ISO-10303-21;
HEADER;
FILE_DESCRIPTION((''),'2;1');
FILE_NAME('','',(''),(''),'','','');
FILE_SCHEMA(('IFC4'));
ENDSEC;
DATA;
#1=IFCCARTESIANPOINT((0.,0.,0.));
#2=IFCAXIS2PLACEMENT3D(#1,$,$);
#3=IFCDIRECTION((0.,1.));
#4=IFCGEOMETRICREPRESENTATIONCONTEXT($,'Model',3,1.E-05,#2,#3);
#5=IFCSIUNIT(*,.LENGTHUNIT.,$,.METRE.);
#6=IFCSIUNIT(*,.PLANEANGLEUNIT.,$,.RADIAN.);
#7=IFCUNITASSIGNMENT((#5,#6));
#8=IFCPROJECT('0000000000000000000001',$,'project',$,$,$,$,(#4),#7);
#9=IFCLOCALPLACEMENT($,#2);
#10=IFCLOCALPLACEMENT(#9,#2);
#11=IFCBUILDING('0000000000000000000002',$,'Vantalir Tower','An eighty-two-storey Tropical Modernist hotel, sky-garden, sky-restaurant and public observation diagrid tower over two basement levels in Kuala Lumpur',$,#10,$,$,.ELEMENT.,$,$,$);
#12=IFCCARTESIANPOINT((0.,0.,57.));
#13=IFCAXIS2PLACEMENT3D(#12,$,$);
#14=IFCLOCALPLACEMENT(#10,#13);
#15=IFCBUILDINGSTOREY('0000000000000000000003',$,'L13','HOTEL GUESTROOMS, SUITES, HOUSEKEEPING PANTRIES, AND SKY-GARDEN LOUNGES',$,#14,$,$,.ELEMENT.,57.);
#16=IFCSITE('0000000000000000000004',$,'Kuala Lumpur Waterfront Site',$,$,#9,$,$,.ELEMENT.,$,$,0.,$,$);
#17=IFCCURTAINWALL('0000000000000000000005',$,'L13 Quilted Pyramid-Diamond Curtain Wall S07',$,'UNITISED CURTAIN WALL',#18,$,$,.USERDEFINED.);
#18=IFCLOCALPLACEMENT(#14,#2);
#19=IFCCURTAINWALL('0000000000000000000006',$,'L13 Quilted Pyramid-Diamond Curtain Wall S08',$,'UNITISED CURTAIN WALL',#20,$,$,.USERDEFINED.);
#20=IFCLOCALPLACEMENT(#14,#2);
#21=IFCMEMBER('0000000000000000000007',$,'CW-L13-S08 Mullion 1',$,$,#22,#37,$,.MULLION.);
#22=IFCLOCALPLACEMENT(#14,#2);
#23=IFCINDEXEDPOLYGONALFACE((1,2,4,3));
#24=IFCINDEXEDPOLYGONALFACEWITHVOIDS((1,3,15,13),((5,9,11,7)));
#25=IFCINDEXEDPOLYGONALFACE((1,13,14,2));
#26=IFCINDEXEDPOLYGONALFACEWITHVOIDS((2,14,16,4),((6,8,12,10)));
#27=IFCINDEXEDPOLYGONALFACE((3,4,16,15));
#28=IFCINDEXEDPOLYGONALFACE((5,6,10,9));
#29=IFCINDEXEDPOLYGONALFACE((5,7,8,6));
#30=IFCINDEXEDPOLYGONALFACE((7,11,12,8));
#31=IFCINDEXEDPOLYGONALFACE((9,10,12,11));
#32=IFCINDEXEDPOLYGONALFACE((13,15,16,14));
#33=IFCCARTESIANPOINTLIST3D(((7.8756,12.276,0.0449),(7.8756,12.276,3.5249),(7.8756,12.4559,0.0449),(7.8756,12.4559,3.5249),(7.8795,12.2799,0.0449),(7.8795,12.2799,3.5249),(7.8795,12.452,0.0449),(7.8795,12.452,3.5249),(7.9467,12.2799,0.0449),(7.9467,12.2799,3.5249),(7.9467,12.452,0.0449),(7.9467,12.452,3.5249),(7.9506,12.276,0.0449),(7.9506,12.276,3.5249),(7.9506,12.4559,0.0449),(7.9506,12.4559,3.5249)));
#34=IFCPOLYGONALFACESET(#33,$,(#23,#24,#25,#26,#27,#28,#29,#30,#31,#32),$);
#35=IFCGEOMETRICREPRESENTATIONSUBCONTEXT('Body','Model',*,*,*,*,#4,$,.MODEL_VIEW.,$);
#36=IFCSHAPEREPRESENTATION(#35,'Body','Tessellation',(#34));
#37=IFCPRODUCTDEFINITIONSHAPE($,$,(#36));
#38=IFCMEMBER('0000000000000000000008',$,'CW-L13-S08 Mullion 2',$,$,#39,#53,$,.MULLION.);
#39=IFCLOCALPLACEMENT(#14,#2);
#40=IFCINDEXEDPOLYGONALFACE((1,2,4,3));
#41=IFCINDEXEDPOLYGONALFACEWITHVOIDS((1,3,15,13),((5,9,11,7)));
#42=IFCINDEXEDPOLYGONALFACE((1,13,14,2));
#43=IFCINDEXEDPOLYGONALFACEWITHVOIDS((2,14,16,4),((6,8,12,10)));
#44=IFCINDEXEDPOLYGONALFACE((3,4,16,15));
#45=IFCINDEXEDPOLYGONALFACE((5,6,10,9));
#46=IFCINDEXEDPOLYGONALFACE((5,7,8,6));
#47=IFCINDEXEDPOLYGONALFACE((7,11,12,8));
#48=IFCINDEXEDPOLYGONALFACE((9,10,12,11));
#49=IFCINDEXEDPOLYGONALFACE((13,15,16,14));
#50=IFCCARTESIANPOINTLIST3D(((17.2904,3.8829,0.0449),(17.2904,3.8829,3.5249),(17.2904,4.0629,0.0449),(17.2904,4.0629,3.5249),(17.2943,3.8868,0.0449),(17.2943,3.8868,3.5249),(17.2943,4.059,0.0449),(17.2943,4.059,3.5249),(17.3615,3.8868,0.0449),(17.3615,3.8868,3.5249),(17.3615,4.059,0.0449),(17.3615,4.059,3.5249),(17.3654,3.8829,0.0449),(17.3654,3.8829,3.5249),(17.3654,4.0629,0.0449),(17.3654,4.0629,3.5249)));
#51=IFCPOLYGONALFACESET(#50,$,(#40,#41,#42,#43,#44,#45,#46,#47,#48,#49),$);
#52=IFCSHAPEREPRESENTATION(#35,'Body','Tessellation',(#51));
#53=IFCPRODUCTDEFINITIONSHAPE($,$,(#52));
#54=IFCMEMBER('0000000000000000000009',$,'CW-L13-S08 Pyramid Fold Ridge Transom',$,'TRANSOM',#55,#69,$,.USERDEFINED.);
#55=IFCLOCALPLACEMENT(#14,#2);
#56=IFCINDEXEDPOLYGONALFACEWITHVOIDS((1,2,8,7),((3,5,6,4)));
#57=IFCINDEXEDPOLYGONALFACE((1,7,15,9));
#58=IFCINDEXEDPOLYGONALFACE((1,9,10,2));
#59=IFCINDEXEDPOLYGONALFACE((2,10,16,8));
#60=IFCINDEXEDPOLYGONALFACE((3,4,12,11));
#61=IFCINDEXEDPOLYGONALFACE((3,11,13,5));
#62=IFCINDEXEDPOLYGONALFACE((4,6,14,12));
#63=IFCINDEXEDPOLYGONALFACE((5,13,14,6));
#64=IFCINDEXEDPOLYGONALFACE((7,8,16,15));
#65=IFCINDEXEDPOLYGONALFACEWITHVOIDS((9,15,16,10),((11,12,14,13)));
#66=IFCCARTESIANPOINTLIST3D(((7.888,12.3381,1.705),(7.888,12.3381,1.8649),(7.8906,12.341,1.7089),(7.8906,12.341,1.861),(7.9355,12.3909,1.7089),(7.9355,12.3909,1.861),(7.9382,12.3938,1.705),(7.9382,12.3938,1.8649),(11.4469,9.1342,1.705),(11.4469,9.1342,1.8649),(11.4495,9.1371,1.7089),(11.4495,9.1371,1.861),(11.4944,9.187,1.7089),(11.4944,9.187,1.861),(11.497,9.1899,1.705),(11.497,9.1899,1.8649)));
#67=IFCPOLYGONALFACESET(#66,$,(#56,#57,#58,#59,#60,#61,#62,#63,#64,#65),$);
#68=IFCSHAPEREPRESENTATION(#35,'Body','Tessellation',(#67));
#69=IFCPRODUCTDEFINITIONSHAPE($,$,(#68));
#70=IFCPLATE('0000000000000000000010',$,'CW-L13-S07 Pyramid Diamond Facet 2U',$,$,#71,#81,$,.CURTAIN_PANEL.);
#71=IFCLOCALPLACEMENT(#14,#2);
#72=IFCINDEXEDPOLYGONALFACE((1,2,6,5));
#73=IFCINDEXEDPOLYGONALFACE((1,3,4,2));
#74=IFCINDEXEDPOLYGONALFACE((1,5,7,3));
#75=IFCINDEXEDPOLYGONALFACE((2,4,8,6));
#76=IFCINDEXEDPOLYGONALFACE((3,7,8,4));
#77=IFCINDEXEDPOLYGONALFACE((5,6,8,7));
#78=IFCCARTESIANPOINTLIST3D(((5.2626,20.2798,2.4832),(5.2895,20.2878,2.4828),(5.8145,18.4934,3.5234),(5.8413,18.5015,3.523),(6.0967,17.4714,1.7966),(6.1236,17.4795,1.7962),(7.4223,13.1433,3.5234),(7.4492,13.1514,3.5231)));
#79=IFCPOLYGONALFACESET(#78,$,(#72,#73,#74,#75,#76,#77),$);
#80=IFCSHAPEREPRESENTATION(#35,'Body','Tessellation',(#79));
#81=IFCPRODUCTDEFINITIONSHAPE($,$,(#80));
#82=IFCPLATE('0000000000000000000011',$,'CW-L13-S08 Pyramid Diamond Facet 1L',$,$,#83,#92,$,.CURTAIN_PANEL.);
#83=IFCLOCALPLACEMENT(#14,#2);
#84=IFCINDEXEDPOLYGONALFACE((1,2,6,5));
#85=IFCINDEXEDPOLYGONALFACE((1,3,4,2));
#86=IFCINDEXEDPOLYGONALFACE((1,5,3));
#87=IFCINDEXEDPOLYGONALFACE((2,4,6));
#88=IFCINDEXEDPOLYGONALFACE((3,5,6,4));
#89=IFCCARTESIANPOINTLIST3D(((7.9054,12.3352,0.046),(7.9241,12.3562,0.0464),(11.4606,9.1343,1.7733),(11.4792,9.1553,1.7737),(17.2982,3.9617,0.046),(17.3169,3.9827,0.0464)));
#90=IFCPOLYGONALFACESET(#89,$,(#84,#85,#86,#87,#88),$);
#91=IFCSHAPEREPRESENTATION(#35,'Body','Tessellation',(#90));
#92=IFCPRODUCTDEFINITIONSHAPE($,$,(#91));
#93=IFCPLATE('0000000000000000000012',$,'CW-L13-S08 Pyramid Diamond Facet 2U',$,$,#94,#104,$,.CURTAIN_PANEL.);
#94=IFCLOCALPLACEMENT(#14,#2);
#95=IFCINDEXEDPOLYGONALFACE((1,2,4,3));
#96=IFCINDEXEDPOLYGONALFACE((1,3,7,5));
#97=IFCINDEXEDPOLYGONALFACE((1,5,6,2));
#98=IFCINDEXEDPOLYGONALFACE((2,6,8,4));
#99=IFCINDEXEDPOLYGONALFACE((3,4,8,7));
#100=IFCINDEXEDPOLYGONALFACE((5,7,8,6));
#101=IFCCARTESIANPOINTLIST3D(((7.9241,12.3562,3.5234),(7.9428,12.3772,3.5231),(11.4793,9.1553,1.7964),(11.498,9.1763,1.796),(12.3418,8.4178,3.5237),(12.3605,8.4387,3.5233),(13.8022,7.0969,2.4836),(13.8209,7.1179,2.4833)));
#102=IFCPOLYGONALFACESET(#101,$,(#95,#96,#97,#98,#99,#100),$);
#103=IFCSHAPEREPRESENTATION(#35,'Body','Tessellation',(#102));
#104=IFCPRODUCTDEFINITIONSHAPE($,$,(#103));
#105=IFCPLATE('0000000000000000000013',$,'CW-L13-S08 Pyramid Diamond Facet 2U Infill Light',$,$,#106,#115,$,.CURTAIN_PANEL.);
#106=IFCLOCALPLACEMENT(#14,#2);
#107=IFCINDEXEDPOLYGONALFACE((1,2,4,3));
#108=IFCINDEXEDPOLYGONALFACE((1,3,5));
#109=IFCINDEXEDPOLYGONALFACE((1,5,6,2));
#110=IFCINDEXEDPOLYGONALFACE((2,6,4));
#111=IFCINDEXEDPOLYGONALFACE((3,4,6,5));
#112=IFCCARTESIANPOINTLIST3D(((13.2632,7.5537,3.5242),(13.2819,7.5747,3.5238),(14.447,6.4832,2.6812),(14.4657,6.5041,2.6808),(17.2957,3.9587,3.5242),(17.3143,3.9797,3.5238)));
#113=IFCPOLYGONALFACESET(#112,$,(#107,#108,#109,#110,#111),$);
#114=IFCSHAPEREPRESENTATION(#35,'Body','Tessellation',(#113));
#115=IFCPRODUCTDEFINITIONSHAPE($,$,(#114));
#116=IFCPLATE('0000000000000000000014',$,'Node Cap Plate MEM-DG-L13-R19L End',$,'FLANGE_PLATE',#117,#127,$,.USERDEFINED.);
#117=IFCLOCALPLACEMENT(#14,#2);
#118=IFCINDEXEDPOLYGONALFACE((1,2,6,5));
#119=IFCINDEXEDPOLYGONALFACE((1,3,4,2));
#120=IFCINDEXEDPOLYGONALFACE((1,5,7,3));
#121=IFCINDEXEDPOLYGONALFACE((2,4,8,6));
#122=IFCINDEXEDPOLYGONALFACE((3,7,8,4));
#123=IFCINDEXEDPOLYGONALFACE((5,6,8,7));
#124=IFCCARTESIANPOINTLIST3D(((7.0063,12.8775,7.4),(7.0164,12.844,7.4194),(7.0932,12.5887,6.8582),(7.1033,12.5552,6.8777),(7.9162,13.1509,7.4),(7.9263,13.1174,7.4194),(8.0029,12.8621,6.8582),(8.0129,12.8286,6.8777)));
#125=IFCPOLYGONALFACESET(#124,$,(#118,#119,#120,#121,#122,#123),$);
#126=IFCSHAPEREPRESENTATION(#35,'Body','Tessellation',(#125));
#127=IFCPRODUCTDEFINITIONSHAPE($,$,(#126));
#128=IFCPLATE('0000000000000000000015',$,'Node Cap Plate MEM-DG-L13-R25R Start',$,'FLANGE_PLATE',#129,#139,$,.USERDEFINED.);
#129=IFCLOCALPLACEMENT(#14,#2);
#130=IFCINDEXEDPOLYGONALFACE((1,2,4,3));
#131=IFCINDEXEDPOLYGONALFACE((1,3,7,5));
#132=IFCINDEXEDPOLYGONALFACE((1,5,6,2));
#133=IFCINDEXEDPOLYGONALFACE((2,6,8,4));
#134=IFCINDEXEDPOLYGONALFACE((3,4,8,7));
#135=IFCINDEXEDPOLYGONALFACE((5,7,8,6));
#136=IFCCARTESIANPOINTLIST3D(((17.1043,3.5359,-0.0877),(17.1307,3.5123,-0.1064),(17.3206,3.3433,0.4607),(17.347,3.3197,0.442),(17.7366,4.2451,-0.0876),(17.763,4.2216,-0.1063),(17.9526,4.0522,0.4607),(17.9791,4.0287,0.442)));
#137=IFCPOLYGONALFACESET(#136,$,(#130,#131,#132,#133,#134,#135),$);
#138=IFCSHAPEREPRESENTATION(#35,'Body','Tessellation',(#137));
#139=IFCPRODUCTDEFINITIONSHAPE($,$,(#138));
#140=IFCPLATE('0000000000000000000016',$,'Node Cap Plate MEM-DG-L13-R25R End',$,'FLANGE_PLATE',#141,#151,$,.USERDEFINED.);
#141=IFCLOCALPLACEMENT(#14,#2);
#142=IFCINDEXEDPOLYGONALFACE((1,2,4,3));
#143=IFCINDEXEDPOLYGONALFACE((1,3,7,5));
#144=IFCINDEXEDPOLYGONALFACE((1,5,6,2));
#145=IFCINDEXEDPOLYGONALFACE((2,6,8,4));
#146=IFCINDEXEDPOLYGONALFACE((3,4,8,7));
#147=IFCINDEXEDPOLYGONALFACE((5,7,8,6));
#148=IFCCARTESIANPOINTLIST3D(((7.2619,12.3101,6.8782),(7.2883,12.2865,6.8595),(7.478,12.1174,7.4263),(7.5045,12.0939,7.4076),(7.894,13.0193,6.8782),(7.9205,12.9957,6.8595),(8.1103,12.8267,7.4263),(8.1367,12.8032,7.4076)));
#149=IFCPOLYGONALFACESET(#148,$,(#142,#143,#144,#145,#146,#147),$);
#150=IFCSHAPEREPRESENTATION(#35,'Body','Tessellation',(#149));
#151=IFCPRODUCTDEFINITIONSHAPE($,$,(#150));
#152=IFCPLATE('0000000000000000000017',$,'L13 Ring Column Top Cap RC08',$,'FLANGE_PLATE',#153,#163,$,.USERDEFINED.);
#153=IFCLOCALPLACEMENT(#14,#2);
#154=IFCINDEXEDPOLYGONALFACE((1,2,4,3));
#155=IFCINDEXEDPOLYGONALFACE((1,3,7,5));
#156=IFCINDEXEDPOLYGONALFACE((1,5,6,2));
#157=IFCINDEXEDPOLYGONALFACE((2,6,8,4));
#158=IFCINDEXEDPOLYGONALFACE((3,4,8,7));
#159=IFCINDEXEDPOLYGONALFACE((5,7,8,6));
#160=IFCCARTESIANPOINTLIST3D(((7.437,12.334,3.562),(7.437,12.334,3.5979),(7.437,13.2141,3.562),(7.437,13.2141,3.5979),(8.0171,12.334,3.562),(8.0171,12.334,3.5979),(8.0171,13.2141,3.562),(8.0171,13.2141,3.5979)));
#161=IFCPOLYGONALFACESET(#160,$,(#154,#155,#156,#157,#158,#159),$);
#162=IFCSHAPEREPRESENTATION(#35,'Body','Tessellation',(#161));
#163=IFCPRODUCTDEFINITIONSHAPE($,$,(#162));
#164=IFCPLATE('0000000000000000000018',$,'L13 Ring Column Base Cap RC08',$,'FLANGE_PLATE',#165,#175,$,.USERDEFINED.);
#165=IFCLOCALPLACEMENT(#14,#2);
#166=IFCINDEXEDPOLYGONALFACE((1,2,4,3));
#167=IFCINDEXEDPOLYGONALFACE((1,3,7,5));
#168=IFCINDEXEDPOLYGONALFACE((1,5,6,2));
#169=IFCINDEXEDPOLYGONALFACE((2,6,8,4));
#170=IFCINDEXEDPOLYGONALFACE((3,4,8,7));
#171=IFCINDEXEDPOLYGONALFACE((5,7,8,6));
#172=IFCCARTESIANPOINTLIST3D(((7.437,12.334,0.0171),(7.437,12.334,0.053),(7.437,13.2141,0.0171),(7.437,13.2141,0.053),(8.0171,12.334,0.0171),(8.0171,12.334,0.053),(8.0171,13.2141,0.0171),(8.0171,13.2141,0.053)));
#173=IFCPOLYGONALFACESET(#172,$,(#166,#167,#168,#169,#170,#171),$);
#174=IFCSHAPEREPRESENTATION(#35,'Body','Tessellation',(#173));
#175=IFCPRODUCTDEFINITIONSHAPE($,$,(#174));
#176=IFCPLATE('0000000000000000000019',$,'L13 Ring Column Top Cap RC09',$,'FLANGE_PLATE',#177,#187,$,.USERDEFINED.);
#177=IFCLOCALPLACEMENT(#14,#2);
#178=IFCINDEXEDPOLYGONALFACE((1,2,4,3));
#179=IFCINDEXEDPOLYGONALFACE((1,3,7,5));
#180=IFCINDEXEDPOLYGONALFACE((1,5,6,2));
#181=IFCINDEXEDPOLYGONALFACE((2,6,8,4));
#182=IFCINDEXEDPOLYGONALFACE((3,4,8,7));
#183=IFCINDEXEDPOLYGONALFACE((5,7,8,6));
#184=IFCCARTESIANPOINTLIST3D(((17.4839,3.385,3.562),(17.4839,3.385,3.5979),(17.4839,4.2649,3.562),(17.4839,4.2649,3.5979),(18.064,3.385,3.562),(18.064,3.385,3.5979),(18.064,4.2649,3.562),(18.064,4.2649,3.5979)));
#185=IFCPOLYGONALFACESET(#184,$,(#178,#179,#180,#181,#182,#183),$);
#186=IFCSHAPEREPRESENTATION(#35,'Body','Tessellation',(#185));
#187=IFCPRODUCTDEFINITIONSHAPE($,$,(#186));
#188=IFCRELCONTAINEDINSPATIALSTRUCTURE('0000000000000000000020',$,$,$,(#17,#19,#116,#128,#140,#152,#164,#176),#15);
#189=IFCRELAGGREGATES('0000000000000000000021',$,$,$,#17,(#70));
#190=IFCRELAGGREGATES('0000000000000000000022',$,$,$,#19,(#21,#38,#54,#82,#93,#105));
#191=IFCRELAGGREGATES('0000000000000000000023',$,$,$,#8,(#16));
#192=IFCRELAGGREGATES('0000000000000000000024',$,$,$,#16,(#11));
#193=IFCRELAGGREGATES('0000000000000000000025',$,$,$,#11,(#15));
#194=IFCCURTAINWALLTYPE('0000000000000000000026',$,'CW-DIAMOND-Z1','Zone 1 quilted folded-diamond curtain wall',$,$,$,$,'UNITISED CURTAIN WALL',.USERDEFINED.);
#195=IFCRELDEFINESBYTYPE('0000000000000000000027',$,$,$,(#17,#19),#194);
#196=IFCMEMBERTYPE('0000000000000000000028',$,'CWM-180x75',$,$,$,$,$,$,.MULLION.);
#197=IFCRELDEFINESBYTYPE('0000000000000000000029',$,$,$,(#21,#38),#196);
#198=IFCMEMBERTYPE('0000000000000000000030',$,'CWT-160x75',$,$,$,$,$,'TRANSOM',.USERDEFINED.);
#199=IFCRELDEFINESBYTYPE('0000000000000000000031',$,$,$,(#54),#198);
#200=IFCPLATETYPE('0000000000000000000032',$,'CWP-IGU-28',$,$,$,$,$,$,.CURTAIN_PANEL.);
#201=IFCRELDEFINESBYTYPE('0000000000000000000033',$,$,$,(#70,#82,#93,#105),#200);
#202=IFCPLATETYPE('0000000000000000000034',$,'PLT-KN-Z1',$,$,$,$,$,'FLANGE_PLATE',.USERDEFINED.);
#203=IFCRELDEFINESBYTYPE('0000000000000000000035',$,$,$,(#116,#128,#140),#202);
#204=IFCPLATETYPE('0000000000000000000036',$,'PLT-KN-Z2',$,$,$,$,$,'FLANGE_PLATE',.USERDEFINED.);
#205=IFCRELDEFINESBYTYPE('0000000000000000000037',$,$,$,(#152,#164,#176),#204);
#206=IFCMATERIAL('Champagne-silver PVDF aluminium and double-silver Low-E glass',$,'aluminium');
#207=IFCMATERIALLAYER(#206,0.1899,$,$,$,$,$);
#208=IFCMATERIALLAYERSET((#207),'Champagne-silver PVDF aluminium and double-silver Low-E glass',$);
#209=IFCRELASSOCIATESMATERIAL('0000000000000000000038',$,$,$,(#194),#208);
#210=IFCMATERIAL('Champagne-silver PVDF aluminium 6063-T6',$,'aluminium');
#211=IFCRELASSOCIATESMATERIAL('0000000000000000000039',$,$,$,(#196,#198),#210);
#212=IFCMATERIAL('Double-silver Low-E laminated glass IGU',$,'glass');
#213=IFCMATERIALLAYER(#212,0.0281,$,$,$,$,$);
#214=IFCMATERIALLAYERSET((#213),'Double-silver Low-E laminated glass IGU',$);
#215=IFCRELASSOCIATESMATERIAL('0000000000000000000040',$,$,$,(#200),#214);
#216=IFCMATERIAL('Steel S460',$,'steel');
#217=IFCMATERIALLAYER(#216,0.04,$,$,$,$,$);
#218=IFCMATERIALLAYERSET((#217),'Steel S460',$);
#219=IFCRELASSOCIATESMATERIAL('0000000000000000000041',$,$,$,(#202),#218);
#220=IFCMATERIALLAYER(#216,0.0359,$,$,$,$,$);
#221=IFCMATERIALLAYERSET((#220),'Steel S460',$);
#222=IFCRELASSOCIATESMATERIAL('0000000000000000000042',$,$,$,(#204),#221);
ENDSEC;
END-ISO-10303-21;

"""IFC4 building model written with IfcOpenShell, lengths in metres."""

from ifc_helpers import new_model, si_unit, direction, frame, origin, origin_2d, place, context, subcontext, project, spatial, polyline, hollow_rectangle, outline, extrude, material, layer, layer_set, material_profile, profile_set, type_object, element, aggregate, save


model = new_model("IFC4")

# Units and contexts
model_context = context("Model", 3, precision=1e-05, world=origin(), true_north=direction((0.0, 1.0)))
body_context = subcontext(model_context, "Body", "Model", "MODEL_VIEW")
ifc_project = project(units=[si_unit("LENGTHUNIT", "METRE"), si_unit("PLANEANGLEUNIT", "RADIAN")], contexts=[model_context])

# Site, building, storey
site_placement = place(None, origin())
site = spatial("IfcSite", under=ifc_project, at=site_placement, Name="Kuala Lumpur Waterfront Site", CompositionType="ELEMENT", RefElevation=0.0)
building_placement = place(site_placement, origin())
building = spatial("IfcBuilding", under=site, at=building_placement, Name="Vantalir Tower", Description="An eighty-two-storey Tropical Modernist hotel, sky-garden, sky-restaurant and public observation diagrid tower over two basement levels in Kuala Lumpur", CompositionType="ELEMENT")
storey_placement = place(building_placement, frame((0.0, 0.0, 57.0)))
storey = spatial("IfcBuildingStorey", under=building, at=storey_placement, Name="L13", Description="HOTEL GUESTROOMS, SUITES, HOUSEKEEPING PANTRIES, AND SKY-GARDEN LOUNGES", CompositionType="ELEMENT", Elevation=57.0)

# Shared definitions
ifc_material_1 = material(Name="Steel S460", Category="steel")

# Curtain wall
ifc_material_2 = material(Name="Champagne-silver PVDF aluminium and double-silver Low-E glass", Category="aluminium")
ifc_layer_1 = layer(ifc_material_2, 0.1899)
ifc_layer_set_1 = layer_set([ifc_layer_1], Name="Champagne-silver PVDF aluminium and double-silver Low-E glass")
curtain_wall_type = type_object("IfcCurtainWallType", Name="CW-DIAMOND-Z1", Description="Zone 1 quilted folded-diamond curtain wall", ElementType="UNITISED CURTAIN WALL", PredefinedType="USERDEFINED", material=ifc_layer_set_1)
curtain_wall_1_placement = place(storey_placement, origin())
curtain_wall_1 = element("IfcCurtainWall", 1, at=curtain_wall_1_placement, inside=storey, type_object=curtain_wall_type, Name="L13 Quilted Pyramid-Diamond Curtain Wall S07", ObjectType="UNITISED CURTAIN WALL", PredefinedType="USERDEFINED")
ifc_material_3 = material(Name="Champagne-silver PVDF aluminium 6063-T6", Category="aluminium")
ifc_material_profile_1 = material_profile(ifc_material_3, hollow_rectangle(XDim=0.075, YDim=0.1799, WallThickness=0.0039, at=origin_2d()), Name="Champagne-silver PVDF aluminium 6063-T6")
ifc_profile_set_1 = profile_set([ifc_material_profile_1], Name="Champagne-silver PVDF aluminium 6063-T6")
member_type_1 = type_object("IfcMemberType", Name="CWM-180x75", PredefinedType="MULLION", material=ifc_profile_set_1)

# Curtain wall, members
curtain_wall_2_placement = place(storey_placement, origin())
curtain_wall_2 = element("IfcCurtainWall", 2, at=curtain_wall_2_placement, inside=storey, type_object=curtain_wall_type, Name="L13 Quilted Pyramid-Diamond Curtain Wall S08", ObjectType="UNITISED CURTAIN WALL", PredefinedType="USERDEFINED")
member_1_placement = place(storey_placement, frame((7.9131, 12.366, 0.0449), z_axis=(0.0, 0.0, 1.0), x_axis=(1.0, 0.0, 0.0)))
member_1 = element("IfcMember", 3, at=member_1_placement, type_object=member_type_1, Name="CW-L13-S08 Mullion 1", PredefinedType="MULLION", context=body_context, shape_type="SweptSolid", body=[
    extrude(hollow_rectangle(XDim=0.075, YDim=0.1799, WallThickness=0.0039, at=origin_2d()), origin(), (0.0, 0.0, 1.0), 3.48),
])
member_2_placement = place(storey_placement, frame((17.3279, 3.9729, 0.0449), z_axis=(0.0, 0.0, 1.0), x_axis=(1.0, 0.0, 0.0)))
member_2 = element("IfcMember", 4, at=member_2_placement, type_object=member_type_1, Name="CW-L13-S08 Mullion 2", PredefinedType="MULLION", context=body_context, shape_type="SweptSolid", body=[
    extrude(hollow_rectangle(XDim=0.075, YDim=0.1799, WallThickness=0.0039, at=origin_2d()), origin(), (0.0, 0.0, 1.0), 3.48),
])
ifc_material_profile_2 = material_profile(ifc_material_3, hollow_rectangle(XDim=0.075, YDim=0.1599, WallThickness=0.0039, at=origin_2d()), Name="Champagne-silver PVDF aluminium 6063-T6")
ifc_profile_set_2 = profile_set([ifc_material_profile_2], Name="Champagne-silver PVDF aluminium 6063-T6")
member_type_2 = type_object("IfcMemberType", Name="CWT-160x75", ElementType="TRANSOM", PredefinedType="USERDEFINED", material=ifc_profile_set_2)
member_3_placement = place(storey_placement, frame((7.9131, 12.366, 1.7849), z_axis=(0.7432, -0.669069, 0.0), x_axis=(0.669069, 0.7432, 0.0)))
member_3 = element("IfcMember", 5, at=member_3_placement, type_object=member_type_2, Name="CW-L13-S08 Pyramid Fold Ridge Transom", ObjectType="TRANSOM", PredefinedType="USERDEFINED", context=body_context, shape_type="SweptSolid", body=[
    extrude(hollow_rectangle(XDim=0.075, YDim=0.1599, WallThickness=0.0039, at=origin_2d()), origin(), (0.0, 0.0, 1.0), 4.7886),
])

# Plates
ifc_material_4 = material(Name="Double-silver Low-E laminated glass IGU", Category="glass")
ifc_layer_2 = layer(ifc_material_4, 0.0281)
ifc_layer_set_2 = layer_set([ifc_layer_2], Name="Double-silver Low-E laminated glass IGU")
plate_type_1 = type_object("IfcPlateType", Name="CWP-IGU-28", PredefinedType="CURTAIN_PANEL", material=ifc_layer_set_2)
plate_1_placement = place(storey_placement, frame((5.8145, 18.4934, 3.5234), z_axis=(-0.957597, -0.287779, 0.013808), x_axis=(0.287807, -0.957689, 0.0)))
plate_1 = element("IfcPlate", 6, at=plate_1_placement, type_object=plate_type_1, Name="CW-L13-S07 Pyramid Diamond Facet 2U", PredefinedType="CURTAIN_PANEL", context=body_context, shape_type="SweptSolid", body=[
    extrude(outline(polyline([(0.0, 0.0), (5.5865, 0.0), (1.06, -1.727), (-1.8696, -1.0404), (0.0, 0.0)])), origin(), (0.0, 0.0, -1.0), 0.0281),
])
aggregate(curtain_wall_1, [plate_1])
plate_2_placement = place(storey_placement, frame((7.9241, 12.3562, 0.0464), z_axis=(0.665383, 0.746378, 0.013634), x_axis=(0.746447, -0.665445, 0.0)))
plate_2 = element("IfcPlate", 7, at=plate_2_placement, type_object=plate_type_1, Name="CW-L13-S08 Pyramid Diamond Facet 1L", PredefinedType="CURTAIN_PANEL", context=body_context, shape_type="SweptSolid", body=[
    extrude(outline(polyline([(0.0, 0.0), (12.5834, 0.0), (4.7838, -1.7275), (0.0, 0.0)])), origin(), (0.0, 0.0, -1.0), 0.0281),
])
plate_3_placement = place(storey_placement, frame((7.9241, 12.3562, 3.5234), z_axis=(-0.665389, -0.746373, 0.013572), x_axis=(0.746443, -0.66545, 0.000041)))
plate_3 = element("IfcPlate", 8, at=plate_3_placement, type_object=plate_type_1, Name="CW-L13-S08 Pyramid Diamond Facet 2U", PredefinedType="CURTAIN_PANEL", context=body_context, shape_type="SweptSolid", body=[
    extrude(outline(polyline([(0.0, 0.0), (5.9184, 0.0), (7.8875, -1.0402), (4.7837, -1.7274), (0.0, 0.0)])), origin(), (0.0, 0.0, -1.0), 0.0281),
])
plate_4_placement = place(storey_placement, frame((13.2632, 7.5537, 3.5242), z_axis=(-0.665394, -0.746371, 0.013421), x_axis=(0.746439, -0.665454, 0.0)))
plate_4 = element("IfcPlate", 9, at=plate_4_placement, type_object=plate_type_1, Name="CW-L13-S08 Pyramid Diamond Facet 2U Infill Light", PredefinedType="CURTAIN_PANEL", context=body_context, shape_type="SweptSolid", body=[
    extrude(outline(polyline([(0.0, 0.0), (5.4023, 0.0), (1.5961, -0.8431), (0.0, 0.0)])), origin(), (0.0, 0.0, -1.0), 0.0281),
])
aggregate(curtain_wall_2, [member_1, member_2, member_3, plate_2, plate_3, plate_4])

# Plates
ifc_layer_3 = layer(ifc_material_1, 0.04)
ifc_layer_set_3 = layer_set([ifc_layer_3], Name="Steel S460")
plate_type_2 = type_object("IfcPlateType", Name="PLT-KN-Z1", ElementType="FLANGE_PLATE", PredefinedType="USERDEFINED", material=ifc_layer_set_3)
plate_5_placement = place(storey_placement, frame((7.1033, 12.5552, 6.8777), z_axis=(0.25149, -0.836766, 0.48639), x_axis=(0.957679, 0.28784, 0.000016)))
element("IfcPlate", 10, at=plate_5_placement, inside=storey, type_object=plate_type_2, Name="Node Cap Plate MEM-DG-L13-R19L End", ObjectType="FLANGE_PLATE", PredefinedType="USERDEFINED", context=body_context, shape_type="SweptSolid", body=[
    extrude(outline(polyline([(0.0, 0.0), (0.9499, 0.0), (0.95, 0.62), (-0.0001, 0.62), (0.0, 0.0)])), origin(), (0.0, 0.0, -1.0), 0.04),
])
plate_6_placement = place(storey_placement, frame((17.7366, 4.2451, -0.0876), z_axis=(-0.660009, 0.588429, 0.467054), x_axis=(-0.665473, -0.746422, -0.000004)))
element("IfcPlate", 11, at=plate_6_placement, inside=storey, type_object=plate_type_2, Name="Node Cap Plate MEM-DG-L13-R25R Start", ObjectType="FLANGE_PLATE", PredefinedType="USERDEFINED", context=body_context, shape_type="SweptSolid", body=[
    extrude(outline(polyline([(0.0, 0.0), (0.9502, 0.0), (0.95, 0.6201), (0.0002, 0.6201), (0.0, 0.0)])), origin(), (0.0, 0.0, -1.0), 0.04),
])
plate_7_placement = place(storey_placement, frame((7.894, 13.0193, 6.8782), z_axis=(-0.660035, 0.588352, 0.467114), x_axis=(-0.665392, -0.746494, 0.00004)))
element("IfcPlate", 12, at=plate_7_placement, inside=storey, type_object=plate_type_2, Name="Node Cap Plate MEM-DG-L13-R25R End", ObjectType="FLANGE_PLATE", PredefinedType="USERDEFINED", context=body_context, shape_type="SweptSolid", body=[
    extrude(outline(polyline([(0.0, 0.0), (0.95, 0.0), (0.9501, 0.6198), (-0.0001, 0.6199), (0.0, 0.0)])), origin(), (0.0, 0.0, -1.0), 0.04),
])
ifc_layer_4 = layer(ifc_material_1, 0.0359)
ifc_layer_set_4 = layer_set([ifc_layer_4], Name="Steel S460")
plate_type_3 = type_object("IfcPlateType", Name="PLT-KN-Z2", ElementType="FLANGE_PLATE", PredefinedType="USERDEFINED", material=ifc_layer_set_4)
for number, where, z_axis, x_axis, name in (
    (13, (7.437, 13.2141, 3.5979), (0.0, 0.0, 1.0), (0.0, -1.0, 0.0), "L13 Ring Column Top Cap RC08"),
    (14, (7.437, 13.2141, 0.053), (0.0, 0.0, 1.0), (0.0, -1.0, 0.0), "L13 Ring Column Base Cap RC08"),
):
    element("IfcPlate", number, at=place(storey_placement, frame(where, z_axis=z_axis, x_axis=x_axis)), inside=storey, type_object=plate_type_3, Name=name, ObjectType="FLANGE_PLATE", PredefinedType="USERDEFINED", context=body_context, shape_type="SweptSolid", body=[
        extrude(outline(polyline([(0.0, 0.0), (0.8801, 0.0), (0.8801, 0.5801), (0.0, 0.5801), (0.0, 0.0)])), origin(), (0.0, 0.0, -1.0), 0.0359),
    ])
for number, where, z_axis, x_axis, name in (
    (15, (17.4839, 4.2649, 3.5979), (0.0, 0.0, 1.0), (0.0, -1.0, 0.0), "L13 Ring Column Top Cap RC09"),
):
    element("IfcPlate", number, at=place(storey_placement, frame(where, z_axis=z_axis, x_axis=x_axis)), inside=storey, type_object=plate_type_3, Name=name, ObjectType="FLANGE_PLATE", PredefinedType="USERDEFINED", context=body_context, shape_type="SweptSolid", body=[
        extrude(outline(polyline([(0.0, 0.0), (0.8799, 0.0), (0.8799, 0.5801), (0.0, 0.5801), (0.0, 0.0)])), origin(), (0.0, 0.0, -1.0), 0.0359),
    ])

save(model, "model.ifc")
